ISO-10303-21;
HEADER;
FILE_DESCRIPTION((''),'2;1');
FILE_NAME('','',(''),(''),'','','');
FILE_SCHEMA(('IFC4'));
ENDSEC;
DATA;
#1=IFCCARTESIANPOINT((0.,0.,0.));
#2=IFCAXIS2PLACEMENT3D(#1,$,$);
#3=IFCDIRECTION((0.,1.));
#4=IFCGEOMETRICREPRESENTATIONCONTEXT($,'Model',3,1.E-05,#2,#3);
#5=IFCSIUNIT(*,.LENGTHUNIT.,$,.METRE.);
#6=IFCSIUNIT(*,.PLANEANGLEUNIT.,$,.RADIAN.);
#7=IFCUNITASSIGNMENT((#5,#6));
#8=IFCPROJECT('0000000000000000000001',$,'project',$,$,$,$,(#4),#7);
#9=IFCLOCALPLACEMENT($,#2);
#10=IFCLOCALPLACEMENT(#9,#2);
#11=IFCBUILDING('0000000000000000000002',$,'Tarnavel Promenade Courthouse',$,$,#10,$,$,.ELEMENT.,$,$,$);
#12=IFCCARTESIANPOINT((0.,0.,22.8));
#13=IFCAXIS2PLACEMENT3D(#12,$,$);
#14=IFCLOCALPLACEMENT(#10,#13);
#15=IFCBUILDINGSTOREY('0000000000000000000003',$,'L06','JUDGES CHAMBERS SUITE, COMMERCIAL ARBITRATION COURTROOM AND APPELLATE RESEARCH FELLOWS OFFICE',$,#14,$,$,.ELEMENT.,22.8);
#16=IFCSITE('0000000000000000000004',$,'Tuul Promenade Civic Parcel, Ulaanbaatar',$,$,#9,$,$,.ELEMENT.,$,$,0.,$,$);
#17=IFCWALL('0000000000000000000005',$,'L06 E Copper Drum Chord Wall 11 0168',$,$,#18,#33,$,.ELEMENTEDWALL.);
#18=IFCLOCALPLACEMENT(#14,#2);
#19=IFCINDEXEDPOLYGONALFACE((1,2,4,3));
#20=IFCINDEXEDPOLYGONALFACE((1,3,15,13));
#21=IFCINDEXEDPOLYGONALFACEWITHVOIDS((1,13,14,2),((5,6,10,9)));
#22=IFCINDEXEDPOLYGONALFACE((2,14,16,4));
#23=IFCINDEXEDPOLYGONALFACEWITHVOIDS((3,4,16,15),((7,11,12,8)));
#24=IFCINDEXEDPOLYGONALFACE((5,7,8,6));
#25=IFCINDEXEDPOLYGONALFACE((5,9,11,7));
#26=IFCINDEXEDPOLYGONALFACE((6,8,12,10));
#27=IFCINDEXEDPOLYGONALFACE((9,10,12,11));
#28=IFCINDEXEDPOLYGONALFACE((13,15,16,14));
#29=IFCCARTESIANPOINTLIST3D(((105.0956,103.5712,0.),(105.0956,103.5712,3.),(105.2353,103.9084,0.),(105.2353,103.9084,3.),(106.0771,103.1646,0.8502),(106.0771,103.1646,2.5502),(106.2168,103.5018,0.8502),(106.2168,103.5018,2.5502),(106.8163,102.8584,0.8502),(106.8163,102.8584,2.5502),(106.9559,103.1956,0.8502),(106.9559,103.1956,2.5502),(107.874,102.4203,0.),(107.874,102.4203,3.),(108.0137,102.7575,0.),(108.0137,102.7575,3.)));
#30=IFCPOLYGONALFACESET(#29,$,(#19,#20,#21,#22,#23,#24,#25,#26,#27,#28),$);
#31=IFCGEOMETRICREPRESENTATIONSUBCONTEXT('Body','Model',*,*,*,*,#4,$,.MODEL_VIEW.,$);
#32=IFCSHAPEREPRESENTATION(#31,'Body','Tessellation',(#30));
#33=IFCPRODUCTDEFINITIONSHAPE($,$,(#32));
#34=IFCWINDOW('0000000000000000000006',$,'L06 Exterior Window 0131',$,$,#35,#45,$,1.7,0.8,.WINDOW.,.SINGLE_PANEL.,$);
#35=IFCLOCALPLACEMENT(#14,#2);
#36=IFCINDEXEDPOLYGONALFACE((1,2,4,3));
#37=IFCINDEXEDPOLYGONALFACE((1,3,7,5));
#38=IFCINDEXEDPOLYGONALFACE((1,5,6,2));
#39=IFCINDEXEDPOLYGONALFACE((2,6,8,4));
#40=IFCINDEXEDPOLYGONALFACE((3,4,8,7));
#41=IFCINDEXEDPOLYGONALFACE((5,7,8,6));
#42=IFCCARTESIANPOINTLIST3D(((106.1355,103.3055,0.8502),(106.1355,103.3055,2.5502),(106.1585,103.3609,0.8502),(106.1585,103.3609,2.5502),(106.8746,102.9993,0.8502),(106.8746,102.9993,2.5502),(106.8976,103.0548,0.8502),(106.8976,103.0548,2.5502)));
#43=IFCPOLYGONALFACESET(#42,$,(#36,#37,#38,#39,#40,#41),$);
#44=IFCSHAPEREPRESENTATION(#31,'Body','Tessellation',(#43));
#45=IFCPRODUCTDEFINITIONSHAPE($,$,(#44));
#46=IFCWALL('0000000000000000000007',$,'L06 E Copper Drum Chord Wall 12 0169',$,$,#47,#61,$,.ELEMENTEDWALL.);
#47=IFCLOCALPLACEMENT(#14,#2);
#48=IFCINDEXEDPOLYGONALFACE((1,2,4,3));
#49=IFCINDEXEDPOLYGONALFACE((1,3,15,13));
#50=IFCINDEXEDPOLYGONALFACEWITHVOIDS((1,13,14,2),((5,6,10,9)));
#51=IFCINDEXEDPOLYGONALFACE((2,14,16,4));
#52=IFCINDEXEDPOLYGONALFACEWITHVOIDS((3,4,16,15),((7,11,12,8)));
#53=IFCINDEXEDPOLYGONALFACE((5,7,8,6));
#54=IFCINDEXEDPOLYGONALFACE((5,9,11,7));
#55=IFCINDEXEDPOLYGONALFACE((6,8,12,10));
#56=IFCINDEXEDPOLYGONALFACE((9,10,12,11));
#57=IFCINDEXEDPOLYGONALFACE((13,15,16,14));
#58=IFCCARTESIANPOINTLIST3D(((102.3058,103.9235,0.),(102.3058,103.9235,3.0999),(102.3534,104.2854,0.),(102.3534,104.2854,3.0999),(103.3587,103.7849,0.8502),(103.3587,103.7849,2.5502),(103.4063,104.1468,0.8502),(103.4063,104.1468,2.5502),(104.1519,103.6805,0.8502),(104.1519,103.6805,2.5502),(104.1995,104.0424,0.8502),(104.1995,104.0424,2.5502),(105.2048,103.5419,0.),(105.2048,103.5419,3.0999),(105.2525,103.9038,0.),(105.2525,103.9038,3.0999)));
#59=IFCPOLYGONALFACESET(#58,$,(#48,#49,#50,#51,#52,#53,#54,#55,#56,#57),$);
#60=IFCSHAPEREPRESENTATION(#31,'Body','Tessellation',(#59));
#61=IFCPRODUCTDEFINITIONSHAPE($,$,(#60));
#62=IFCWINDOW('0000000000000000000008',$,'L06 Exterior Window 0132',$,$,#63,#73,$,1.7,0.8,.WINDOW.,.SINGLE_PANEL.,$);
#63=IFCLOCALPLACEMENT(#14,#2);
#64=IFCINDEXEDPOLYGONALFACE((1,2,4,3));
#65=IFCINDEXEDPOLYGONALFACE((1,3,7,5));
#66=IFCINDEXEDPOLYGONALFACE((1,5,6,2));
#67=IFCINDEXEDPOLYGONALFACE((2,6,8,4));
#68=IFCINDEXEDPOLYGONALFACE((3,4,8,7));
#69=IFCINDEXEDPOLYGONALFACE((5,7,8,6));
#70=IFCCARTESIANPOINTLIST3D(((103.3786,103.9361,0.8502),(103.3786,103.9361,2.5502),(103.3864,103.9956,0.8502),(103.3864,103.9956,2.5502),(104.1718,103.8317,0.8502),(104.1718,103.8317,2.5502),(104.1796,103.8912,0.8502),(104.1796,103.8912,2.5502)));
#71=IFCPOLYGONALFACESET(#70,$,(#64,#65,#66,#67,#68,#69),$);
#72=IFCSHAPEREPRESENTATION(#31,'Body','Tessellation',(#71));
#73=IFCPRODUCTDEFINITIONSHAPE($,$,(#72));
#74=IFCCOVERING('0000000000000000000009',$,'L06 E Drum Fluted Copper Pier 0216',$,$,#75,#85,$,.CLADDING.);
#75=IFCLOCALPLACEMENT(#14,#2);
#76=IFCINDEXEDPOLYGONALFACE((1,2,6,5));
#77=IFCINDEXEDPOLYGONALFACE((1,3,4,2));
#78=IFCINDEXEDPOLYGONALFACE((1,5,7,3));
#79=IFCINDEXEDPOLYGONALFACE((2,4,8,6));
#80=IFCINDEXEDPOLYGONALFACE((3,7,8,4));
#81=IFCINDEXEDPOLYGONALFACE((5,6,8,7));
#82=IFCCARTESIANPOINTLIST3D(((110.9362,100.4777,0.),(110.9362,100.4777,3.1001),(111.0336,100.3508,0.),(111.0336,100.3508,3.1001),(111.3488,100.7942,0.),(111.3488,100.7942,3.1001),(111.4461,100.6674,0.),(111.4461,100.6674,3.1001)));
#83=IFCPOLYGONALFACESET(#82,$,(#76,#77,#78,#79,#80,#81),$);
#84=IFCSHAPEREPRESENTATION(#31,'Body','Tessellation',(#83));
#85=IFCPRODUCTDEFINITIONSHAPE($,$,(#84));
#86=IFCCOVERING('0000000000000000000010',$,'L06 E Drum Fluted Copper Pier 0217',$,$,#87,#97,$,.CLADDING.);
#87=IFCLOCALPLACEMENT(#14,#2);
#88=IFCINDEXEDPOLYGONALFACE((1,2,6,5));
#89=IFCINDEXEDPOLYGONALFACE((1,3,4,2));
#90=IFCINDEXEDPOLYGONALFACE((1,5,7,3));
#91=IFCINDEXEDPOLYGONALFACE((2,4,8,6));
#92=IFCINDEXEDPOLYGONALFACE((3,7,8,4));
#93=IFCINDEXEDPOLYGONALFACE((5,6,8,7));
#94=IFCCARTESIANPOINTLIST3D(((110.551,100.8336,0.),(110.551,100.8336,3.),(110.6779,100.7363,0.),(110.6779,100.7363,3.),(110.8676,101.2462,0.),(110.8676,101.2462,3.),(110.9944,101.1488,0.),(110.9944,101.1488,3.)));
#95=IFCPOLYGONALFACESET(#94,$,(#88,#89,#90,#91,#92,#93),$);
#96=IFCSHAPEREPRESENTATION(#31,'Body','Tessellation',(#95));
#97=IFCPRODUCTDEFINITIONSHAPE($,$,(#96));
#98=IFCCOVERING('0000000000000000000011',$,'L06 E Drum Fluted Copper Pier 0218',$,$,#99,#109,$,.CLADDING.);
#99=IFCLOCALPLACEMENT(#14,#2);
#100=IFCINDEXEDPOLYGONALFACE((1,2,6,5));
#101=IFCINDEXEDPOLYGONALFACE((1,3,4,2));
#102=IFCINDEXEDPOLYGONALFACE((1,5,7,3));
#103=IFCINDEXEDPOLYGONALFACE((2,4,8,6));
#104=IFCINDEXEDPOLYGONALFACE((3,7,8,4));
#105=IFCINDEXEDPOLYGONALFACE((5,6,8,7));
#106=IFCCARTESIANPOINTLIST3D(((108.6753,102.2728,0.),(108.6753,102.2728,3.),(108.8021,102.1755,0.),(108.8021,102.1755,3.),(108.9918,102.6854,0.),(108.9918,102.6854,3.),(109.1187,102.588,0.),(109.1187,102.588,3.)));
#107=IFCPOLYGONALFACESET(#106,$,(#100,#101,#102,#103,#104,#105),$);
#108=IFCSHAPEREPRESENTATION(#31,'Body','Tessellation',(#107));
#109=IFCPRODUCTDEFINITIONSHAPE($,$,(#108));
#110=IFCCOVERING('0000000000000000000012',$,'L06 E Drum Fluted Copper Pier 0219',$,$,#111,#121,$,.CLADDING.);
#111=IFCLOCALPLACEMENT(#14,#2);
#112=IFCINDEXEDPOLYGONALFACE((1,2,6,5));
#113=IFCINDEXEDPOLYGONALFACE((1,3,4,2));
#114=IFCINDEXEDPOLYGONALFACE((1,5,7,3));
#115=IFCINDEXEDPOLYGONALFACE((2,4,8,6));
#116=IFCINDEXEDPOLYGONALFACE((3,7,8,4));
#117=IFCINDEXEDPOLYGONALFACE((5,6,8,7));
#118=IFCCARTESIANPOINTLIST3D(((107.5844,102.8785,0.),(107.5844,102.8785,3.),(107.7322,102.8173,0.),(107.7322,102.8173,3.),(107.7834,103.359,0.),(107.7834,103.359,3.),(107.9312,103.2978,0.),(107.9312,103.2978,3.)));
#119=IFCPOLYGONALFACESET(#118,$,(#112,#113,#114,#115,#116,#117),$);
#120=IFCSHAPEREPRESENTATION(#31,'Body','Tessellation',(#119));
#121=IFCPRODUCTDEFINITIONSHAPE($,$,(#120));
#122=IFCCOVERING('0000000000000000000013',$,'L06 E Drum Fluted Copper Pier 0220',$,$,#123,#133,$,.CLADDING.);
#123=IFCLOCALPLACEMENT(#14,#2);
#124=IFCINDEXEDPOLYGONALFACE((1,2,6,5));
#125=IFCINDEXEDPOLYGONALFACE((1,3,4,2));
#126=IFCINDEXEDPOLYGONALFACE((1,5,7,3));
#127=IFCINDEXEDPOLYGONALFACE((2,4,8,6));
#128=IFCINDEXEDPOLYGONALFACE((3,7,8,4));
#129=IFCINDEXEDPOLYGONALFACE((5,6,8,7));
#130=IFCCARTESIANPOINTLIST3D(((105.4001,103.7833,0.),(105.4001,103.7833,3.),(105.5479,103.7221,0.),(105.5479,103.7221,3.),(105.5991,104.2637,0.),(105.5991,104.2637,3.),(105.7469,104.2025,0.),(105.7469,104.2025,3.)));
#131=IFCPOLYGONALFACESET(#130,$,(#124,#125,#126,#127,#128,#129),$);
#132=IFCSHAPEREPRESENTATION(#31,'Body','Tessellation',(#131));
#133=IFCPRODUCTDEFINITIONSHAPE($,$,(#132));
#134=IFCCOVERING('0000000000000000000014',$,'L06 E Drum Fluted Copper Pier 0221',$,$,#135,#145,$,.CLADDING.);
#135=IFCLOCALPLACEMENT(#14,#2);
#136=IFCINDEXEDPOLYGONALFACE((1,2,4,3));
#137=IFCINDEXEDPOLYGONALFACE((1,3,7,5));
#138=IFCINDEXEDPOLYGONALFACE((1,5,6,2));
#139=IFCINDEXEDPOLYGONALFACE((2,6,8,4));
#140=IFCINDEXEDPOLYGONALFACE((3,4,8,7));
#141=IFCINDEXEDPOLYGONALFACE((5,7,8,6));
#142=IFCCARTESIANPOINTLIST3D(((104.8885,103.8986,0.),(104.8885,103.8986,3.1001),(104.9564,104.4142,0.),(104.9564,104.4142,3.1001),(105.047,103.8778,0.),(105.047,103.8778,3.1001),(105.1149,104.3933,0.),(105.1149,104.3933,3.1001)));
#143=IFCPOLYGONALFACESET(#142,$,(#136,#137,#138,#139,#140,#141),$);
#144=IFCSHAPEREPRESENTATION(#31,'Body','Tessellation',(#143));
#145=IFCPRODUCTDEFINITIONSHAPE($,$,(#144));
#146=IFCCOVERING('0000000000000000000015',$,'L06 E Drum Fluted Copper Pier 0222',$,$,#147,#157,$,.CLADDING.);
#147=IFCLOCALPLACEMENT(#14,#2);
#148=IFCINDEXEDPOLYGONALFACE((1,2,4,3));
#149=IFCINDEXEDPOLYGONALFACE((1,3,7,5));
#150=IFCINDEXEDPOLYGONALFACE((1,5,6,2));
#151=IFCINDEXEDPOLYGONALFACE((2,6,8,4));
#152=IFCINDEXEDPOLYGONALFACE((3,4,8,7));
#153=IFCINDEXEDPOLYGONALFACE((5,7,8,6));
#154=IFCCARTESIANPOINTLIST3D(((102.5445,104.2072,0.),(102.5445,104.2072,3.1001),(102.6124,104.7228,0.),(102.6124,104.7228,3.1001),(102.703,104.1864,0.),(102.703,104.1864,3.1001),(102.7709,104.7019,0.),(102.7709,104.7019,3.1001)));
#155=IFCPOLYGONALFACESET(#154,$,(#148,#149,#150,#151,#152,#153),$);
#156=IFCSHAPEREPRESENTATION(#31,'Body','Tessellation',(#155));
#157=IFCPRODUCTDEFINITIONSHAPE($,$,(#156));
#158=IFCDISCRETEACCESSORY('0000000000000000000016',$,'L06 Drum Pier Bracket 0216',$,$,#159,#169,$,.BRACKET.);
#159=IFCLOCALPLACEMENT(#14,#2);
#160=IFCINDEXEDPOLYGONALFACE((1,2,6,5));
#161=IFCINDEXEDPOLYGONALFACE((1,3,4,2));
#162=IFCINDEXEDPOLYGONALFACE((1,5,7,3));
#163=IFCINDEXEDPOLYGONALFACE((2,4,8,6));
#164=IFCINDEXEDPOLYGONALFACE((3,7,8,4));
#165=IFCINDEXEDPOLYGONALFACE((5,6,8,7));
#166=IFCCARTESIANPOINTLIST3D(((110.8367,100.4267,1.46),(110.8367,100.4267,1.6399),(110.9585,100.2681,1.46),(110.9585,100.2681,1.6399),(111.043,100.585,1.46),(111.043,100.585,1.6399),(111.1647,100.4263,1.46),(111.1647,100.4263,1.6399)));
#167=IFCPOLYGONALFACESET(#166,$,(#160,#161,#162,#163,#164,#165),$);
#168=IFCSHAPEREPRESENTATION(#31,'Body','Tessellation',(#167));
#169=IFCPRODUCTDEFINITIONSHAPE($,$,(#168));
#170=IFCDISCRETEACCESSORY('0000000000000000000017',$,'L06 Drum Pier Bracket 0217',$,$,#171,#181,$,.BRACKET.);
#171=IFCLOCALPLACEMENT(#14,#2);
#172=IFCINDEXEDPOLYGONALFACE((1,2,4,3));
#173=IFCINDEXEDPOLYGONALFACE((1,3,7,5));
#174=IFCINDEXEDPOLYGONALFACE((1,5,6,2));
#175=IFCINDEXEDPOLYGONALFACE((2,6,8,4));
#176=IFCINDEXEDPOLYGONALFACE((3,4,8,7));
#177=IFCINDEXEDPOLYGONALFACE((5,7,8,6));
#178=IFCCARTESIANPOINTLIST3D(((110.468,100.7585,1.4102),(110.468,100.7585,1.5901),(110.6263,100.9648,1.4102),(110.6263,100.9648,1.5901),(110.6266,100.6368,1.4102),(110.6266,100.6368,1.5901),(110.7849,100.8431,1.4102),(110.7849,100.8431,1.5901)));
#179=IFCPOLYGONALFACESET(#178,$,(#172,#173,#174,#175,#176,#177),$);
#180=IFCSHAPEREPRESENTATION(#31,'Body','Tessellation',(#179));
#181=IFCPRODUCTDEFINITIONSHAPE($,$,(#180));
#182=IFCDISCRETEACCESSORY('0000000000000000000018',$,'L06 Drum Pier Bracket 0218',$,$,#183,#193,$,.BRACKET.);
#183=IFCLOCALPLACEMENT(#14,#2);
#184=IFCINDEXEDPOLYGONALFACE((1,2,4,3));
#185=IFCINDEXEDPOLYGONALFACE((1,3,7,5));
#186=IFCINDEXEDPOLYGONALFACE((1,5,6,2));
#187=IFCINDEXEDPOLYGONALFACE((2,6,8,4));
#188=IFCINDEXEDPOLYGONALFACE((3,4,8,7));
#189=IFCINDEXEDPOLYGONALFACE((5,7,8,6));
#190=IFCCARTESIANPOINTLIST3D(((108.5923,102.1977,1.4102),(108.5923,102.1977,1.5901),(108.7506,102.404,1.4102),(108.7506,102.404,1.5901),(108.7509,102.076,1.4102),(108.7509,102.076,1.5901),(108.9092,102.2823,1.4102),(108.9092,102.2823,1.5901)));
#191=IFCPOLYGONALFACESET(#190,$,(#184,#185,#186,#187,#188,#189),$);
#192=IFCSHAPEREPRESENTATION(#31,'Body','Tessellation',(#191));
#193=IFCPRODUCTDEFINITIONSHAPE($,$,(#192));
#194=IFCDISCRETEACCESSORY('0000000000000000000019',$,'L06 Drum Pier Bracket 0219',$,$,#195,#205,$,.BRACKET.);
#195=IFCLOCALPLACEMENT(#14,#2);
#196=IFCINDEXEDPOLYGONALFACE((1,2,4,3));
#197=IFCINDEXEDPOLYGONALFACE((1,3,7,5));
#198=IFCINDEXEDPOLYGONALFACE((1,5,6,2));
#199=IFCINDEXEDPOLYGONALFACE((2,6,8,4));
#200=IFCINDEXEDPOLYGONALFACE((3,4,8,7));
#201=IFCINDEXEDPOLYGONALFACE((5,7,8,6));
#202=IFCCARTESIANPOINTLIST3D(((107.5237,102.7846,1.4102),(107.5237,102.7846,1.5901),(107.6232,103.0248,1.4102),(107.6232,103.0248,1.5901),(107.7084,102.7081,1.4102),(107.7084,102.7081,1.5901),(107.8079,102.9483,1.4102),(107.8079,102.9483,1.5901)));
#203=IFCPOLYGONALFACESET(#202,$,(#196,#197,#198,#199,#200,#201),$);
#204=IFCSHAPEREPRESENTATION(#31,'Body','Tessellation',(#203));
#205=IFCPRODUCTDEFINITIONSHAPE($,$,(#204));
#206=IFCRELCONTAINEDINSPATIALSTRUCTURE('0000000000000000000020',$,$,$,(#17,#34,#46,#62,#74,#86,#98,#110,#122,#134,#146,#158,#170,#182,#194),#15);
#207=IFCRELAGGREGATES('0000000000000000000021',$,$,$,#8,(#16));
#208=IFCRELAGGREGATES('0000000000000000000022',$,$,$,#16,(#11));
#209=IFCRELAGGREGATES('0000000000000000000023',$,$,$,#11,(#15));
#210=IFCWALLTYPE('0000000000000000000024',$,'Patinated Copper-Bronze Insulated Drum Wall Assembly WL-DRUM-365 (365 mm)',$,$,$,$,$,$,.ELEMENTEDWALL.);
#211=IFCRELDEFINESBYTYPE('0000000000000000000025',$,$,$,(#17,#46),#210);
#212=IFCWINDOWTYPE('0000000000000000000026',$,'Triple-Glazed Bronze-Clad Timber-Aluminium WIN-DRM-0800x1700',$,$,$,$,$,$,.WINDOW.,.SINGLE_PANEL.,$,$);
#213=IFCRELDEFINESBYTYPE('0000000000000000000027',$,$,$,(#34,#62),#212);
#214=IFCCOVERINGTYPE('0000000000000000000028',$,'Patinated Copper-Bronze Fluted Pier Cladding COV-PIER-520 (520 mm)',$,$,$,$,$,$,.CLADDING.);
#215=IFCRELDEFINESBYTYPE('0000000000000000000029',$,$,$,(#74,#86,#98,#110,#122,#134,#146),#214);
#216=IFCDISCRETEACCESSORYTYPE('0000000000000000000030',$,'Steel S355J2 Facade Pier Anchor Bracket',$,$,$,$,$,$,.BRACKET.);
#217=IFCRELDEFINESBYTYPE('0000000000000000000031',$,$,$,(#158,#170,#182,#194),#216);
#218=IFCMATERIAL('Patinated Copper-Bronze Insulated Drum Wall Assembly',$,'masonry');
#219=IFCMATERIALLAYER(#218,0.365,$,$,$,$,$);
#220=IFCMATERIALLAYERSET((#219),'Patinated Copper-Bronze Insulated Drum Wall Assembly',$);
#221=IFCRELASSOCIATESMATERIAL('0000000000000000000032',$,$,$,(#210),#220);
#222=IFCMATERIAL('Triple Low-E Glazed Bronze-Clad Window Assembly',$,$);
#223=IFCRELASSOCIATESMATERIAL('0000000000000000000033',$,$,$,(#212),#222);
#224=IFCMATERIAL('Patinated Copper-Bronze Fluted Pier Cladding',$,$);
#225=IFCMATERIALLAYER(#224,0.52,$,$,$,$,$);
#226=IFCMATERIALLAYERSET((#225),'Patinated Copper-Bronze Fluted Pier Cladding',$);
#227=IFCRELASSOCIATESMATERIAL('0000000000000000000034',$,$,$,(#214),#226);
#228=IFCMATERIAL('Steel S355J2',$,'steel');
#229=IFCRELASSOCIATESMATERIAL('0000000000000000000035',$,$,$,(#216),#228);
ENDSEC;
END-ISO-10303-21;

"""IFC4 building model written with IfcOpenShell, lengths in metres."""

from ifc_helpers import new_model, si_unit, direction, frame, frame_2d, origin, origin_2d, place, context, subcontext, project, spatial, rectangle, extrude, material, layer, layer_set, type_object, element, fill, save


model = new_model("IFC4")

# Units and contexts
model_context = context("Model", 3, precision=1e-05, world=origin(), true_north=direction((0.0, 1.0)))
body_context = subcontext(model_context, "Body", "Model", "MODEL_VIEW")
ifc_project = project(units=[si_unit("LENGTHUNIT", "METRE"), si_unit("PLANEANGLEUNIT", "RADIAN")], contexts=[model_context])

# Site, building, storey
site_placement = place(None, origin())
site = spatial("IfcSite", under=ifc_project, at=site_placement, Name="Tuul Promenade Civic Parcel, Ulaanbaatar", CompositionType="ELEMENT", RefElevation=0.0)
building_placement = place(site_placement, origin())
building = spatial("IfcBuilding", under=site, at=building_placement, Name="Tarnavel Promenade Courthouse", CompositionType="ELEMENT")
storey_placement = place(building_placement, frame((0.0, 0.0, 22.8)))
storey = spatial("IfcBuildingStorey", under=building, at=storey_placement, Name="L06", Description="JUDGES CHAMBERS SUITE, COMMERCIAL ARBITRATION COURTROOM AND APPELLATE RESEARCH FELLOWS OFFICE", CompositionType="ELEMENT", Elevation=22.8)

# Shared definitions
ifc_material_1 = material(Name="Steel S355J2", Category="steel")

# Walls, openings, windows
ifc_material_2 = material(Name="Patinated Copper-Bronze Insulated Drum Wall Assembly", Category="masonry")
ifc_layer_1 = layer(ifc_material_2, 0.365)
ifc_layer_set_1 = layer_set([ifc_layer_1], Name="Patinated Copper-Bronze Insulated Drum Wall Assembly")
wall_type_1 = type_object("IfcWallType", Name="Patinated Copper-Bronze Insulated Drum Wall Assembly WL-DRUM-365 (365 mm)", PredefinedType="ELEMENTEDWALL", material=ifc_layer_set_1)
ifc_material_3 = material(Name="Triple Low-E Glazed Bronze-Clad Window Assembly")
window_type = type_object("IfcWindowType", Name="Triple-Glazed Bronze-Clad Timber-Aluminium WIN-DRM-0800x1700", PartitioningType="SINGLE_PANEL", PredefinedType="WINDOW", material=ifc_material_3)
wall_1_placement = place(storey_placement, frame((107.9438, 102.5889, 0.0), z_axis=(0.0, 0.0, 1.0), x_axis=(-0.923872, 0.382701, 0.0)))
wall_1 = element("IfcWall", 1, at=wall_1_placement, inside=storey, type_object=wall_type_1, Name="L06 E Copper Drum Chord Wall 11 0168", PredefinedType="ELEMENTEDWALL", context=body_context, shape_type="SweptSolid", body=[
    extrude(rectangle(XDim=3.0073, YDim=0.365, at=frame_2d((1.5037, 0.0))), origin(), (0.0, 0.0, 1.0), 3.0),
])
opening_1_placement = place(wall_1_placement, frame((1.145, 0.0, 0.8501)))
opening_1 = element("IfcOpeningElement", 2, at=opening_1_placement, cuts=wall_1, PredefinedType="OPENING", context=body_context, shape_type="SweptSolid", body=[
    extrude(rectangle(XDim=0.8, YDim=1.7, at=frame_2d((0.3999, 0.8501))), frame((0.0, 0.1924, 0.0), z_axis=(0.0, -1.0, 0.0), x_axis=(1.0, 0.0, 0.0)), (0.0, 0.0, 1.0), 0.385),
])
window_1_placement = place(opening_1_placement, origin())
window_1 = element("IfcWindow", 3, at=window_1_placement, inside=storey, type_object=window_type, Name="L06 Exterior Window 0131", OverallHeight=1.7, OverallWidth=0.8, PartitioningType="SINGLE_PANEL", PredefinedType="WINDOW", context=body_context, shape_type="SweptSolid", body=[
    extrude(rectangle(XDim=0.8, YDim=1.7, at=frame_2d((0.3999, 0.8501))), frame((0.0, 0.03, 0.0), z_axis=(0.0, -1.0, 0.0), x_axis=(1.0, 0.0, 0.0)), (0.0, 0.0, 1.0), 0.0601),
])
fill(opening_1, window_1)
wall_2_placement = place(storey_placement, frame((105.2285, 103.7229, 0.0), z_axis=(0.0, 0.0, 1.0), x_axis=(-0.991449, 0.130496, 0.0)))
wall_2 = element("IfcWall", 4, at=wall_2_placement, inside=storey, type_object=wall_type_1, Name="L06 E Copper Drum Chord Wall 12 0169", PredefinedType="ELEMENTEDWALL", context=body_context, shape_type="SweptSolid", body=[
    extrude(rectangle(XDim=2.9241, YDim=0.365, at=frame_2d((1.4619, 0.0))), origin(), (0.0, 0.0, 1.0), 3.0999),
])
opening_2_placement = place(wall_2_placement, frame((1.062, 0.0, 0.8501)))
opening_2 = element("IfcOpeningElement", 5, at=opening_2_placement, cuts=wall_2, PredefinedType="OPENING", context=body_context, shape_type="SweptSolid", body=[
    extrude(rectangle(XDim=0.8, YDim=1.7, at=frame_2d((0.3999, 0.8501))), frame((0.0, 0.1924, 0.0), z_axis=(0.0, -1.0, 0.0), x_axis=(1.0, 0.0, 0.0)), (0.0, 0.0, 1.0), 0.385),
])
window_2_placement = place(opening_2_placement, origin())
window_2 = element("IfcWindow", 6, at=window_2_placement, inside=storey, type_object=window_type, Name="L06 Exterior Window 0132", OverallHeight=1.7, OverallWidth=0.8, PartitioningType="SINGLE_PANEL", PredefinedType="WINDOW", context=body_context, shape_type="SweptSolid", body=[
    extrude(rectangle(XDim=0.8, YDim=1.7, at=frame_2d((0.3999, 0.8501))), frame((0.0, 0.03, 0.0), z_axis=(0.0, -1.0, 0.0), x_axis=(1.0, 0.0, 0.0)), (0.0, 0.0, 1.0), 0.0601),
])
fill(opening_2, window_2)

# Coverings
ifc_material_4 = material(Name="Patinated Copper-Bronze Fluted Pier Cladding")
ifc_layer_2 = layer(ifc_material_4, 0.52)
ifc_layer_set_2 = layer_set([ifc_layer_2], Name="Patinated Copper-Bronze Fluted Pier Cladding")
covering_type = type_object("IfcCoveringType", Name="Patinated Copper-Bronze Fluted Pier Cladding COV-PIER-520 (520 mm)", PredefinedType="CLADDING", material=ifc_layer_set_2)
covering_placement = place(storey_placement, frame((111.1912, 100.5725, 0.0), z_axis=(0.0, 0.0, 1.0), x_axis=(-0.608761, 0.793353, 0.0)))
element("IfcCovering", 7, at=covering_placement, inside=storey, type_object=covering_type, Name="L06 E Drum Fluted Copper Pier 0216", PredefinedType="CLADDING", context=body_context, shape_type="SweptSolid", body=[
    extrude(rectangle(XDim=0.1599, YDim=0.52, at=origin_2d()), origin(), (0.0, 0.0, 1.0), 3.1001),
])
for number, where, z_axis, x_axis, name in (
    (8, (110.7727, 100.9912, 0.0), (0.0, 0.0, 1.0), (-0.793353, 0.608761, 0.0), "L06 E Drum Fluted Copper Pier 0217"),
    (9, (108.897, 102.4304, 0.0), (0.0, 0.0, 1.0), (-0.793353, 0.608761, 0.0), "L06 E Drum Fluted Copper Pier 0218"),
    (10, (107.7578, 103.0881, 0.0), (0.0, 0.0, 1.0), (-0.92388, 0.382683, 0.0), "L06 E Drum Fluted Copper Pier 0219"),
    (11, (105.5735, 103.9929, 0.0), (0.0, 0.0, 1.0), (-0.92388, 0.382683, 0.0), "L06 E Drum Fluted Copper Pier 0220"),
):
    element("IfcCovering", number, at=place(storey_placement, frame(where, z_axis=z_axis, x_axis=x_axis)), inside=storey, type_object=covering_type, Name=name, PredefinedType="CLADDING", context=body_context, shape_type="SweptSolid", body=[
        extrude(rectangle(XDim=0.1599, YDim=0.52, at=origin_2d()), origin(), (0.0, 0.0, 1.0), 3.0),
    ])
for number, where, z_axis, x_axis, name in (
    (12, (105.0017, 104.146, 0.0), (0.0, 0.0, 1.0), (-0.991445, 0.130526, 0.0), "L06 E Drum Fluted Copper Pier 0221"),
    (13, (102.6577, 104.4546, 0.0), (0.0, 0.0, 1.0), (-0.991445, 0.130526, 0.0), "L06 E Drum Fluted Copper Pier 0222"),
):
    element("IfcCovering", number, at=place(storey_placement, frame(where, z_axis=z_axis, x_axis=x_axis)), inside=storey, type_object=covering_type, Name=name, PredefinedType="CLADDING", context=body_context, shape_type="SweptSolid", body=[
        extrude(rectangle(XDim=0.1599, YDim=0.52, at=origin_2d()), origin(), (0.0, 0.0, 1.0), 3.1001),
    ])

# Discrete accessories
discrete_accessory_type = type_object("IfcDiscreteAccessoryType", Name="Steel S355J2 Facade Pier Anchor Bracket", PredefinedType="BRACKET", material=ifc_material_1)
for number, where, z_axis, x_axis, name in (
    (14, (111.0007, 100.4265, 1.46), (0.0, 0.0, 1.0), (-0.608761, 0.793353, 0.0), "L06 Drum Pier Bracket 0216"),
    (15, (110.6265, 100.8008, 1.4102), (0.0, 0.0, 1.0), (-0.793353, 0.608761, 0.0), "L06 Drum Pier Bracket 0217"),
    (16, (108.7507, 102.24, 1.4102), (0.0, 0.0, 1.0), (-0.793353, 0.608761, 0.0), "L06 Drum Pier Bracket 0218"),
    (17, (107.6658, 102.8665, 1.4102), (0.0, 0.0, 1.0), (-0.92388, 0.382683, 0.0), "L06 Drum Pier Bracket 0219"),
):
    element("IfcDiscreteAccessory", number, at=place(storey_placement, frame(where, z_axis=z_axis, x_axis=x_axis)), inside=storey, type_object=discrete_accessory_type, Name=name, PredefinedType="BRACKET", context=body_context, shape_type="SweptSolid", body=[
        extrude(rectangle(XDim=0.2, YDim=0.26, at=origin_2d()), origin(), (0.0, 0.0, 1.0), 0.1799),
    ])

save(model, "model.ifc")
